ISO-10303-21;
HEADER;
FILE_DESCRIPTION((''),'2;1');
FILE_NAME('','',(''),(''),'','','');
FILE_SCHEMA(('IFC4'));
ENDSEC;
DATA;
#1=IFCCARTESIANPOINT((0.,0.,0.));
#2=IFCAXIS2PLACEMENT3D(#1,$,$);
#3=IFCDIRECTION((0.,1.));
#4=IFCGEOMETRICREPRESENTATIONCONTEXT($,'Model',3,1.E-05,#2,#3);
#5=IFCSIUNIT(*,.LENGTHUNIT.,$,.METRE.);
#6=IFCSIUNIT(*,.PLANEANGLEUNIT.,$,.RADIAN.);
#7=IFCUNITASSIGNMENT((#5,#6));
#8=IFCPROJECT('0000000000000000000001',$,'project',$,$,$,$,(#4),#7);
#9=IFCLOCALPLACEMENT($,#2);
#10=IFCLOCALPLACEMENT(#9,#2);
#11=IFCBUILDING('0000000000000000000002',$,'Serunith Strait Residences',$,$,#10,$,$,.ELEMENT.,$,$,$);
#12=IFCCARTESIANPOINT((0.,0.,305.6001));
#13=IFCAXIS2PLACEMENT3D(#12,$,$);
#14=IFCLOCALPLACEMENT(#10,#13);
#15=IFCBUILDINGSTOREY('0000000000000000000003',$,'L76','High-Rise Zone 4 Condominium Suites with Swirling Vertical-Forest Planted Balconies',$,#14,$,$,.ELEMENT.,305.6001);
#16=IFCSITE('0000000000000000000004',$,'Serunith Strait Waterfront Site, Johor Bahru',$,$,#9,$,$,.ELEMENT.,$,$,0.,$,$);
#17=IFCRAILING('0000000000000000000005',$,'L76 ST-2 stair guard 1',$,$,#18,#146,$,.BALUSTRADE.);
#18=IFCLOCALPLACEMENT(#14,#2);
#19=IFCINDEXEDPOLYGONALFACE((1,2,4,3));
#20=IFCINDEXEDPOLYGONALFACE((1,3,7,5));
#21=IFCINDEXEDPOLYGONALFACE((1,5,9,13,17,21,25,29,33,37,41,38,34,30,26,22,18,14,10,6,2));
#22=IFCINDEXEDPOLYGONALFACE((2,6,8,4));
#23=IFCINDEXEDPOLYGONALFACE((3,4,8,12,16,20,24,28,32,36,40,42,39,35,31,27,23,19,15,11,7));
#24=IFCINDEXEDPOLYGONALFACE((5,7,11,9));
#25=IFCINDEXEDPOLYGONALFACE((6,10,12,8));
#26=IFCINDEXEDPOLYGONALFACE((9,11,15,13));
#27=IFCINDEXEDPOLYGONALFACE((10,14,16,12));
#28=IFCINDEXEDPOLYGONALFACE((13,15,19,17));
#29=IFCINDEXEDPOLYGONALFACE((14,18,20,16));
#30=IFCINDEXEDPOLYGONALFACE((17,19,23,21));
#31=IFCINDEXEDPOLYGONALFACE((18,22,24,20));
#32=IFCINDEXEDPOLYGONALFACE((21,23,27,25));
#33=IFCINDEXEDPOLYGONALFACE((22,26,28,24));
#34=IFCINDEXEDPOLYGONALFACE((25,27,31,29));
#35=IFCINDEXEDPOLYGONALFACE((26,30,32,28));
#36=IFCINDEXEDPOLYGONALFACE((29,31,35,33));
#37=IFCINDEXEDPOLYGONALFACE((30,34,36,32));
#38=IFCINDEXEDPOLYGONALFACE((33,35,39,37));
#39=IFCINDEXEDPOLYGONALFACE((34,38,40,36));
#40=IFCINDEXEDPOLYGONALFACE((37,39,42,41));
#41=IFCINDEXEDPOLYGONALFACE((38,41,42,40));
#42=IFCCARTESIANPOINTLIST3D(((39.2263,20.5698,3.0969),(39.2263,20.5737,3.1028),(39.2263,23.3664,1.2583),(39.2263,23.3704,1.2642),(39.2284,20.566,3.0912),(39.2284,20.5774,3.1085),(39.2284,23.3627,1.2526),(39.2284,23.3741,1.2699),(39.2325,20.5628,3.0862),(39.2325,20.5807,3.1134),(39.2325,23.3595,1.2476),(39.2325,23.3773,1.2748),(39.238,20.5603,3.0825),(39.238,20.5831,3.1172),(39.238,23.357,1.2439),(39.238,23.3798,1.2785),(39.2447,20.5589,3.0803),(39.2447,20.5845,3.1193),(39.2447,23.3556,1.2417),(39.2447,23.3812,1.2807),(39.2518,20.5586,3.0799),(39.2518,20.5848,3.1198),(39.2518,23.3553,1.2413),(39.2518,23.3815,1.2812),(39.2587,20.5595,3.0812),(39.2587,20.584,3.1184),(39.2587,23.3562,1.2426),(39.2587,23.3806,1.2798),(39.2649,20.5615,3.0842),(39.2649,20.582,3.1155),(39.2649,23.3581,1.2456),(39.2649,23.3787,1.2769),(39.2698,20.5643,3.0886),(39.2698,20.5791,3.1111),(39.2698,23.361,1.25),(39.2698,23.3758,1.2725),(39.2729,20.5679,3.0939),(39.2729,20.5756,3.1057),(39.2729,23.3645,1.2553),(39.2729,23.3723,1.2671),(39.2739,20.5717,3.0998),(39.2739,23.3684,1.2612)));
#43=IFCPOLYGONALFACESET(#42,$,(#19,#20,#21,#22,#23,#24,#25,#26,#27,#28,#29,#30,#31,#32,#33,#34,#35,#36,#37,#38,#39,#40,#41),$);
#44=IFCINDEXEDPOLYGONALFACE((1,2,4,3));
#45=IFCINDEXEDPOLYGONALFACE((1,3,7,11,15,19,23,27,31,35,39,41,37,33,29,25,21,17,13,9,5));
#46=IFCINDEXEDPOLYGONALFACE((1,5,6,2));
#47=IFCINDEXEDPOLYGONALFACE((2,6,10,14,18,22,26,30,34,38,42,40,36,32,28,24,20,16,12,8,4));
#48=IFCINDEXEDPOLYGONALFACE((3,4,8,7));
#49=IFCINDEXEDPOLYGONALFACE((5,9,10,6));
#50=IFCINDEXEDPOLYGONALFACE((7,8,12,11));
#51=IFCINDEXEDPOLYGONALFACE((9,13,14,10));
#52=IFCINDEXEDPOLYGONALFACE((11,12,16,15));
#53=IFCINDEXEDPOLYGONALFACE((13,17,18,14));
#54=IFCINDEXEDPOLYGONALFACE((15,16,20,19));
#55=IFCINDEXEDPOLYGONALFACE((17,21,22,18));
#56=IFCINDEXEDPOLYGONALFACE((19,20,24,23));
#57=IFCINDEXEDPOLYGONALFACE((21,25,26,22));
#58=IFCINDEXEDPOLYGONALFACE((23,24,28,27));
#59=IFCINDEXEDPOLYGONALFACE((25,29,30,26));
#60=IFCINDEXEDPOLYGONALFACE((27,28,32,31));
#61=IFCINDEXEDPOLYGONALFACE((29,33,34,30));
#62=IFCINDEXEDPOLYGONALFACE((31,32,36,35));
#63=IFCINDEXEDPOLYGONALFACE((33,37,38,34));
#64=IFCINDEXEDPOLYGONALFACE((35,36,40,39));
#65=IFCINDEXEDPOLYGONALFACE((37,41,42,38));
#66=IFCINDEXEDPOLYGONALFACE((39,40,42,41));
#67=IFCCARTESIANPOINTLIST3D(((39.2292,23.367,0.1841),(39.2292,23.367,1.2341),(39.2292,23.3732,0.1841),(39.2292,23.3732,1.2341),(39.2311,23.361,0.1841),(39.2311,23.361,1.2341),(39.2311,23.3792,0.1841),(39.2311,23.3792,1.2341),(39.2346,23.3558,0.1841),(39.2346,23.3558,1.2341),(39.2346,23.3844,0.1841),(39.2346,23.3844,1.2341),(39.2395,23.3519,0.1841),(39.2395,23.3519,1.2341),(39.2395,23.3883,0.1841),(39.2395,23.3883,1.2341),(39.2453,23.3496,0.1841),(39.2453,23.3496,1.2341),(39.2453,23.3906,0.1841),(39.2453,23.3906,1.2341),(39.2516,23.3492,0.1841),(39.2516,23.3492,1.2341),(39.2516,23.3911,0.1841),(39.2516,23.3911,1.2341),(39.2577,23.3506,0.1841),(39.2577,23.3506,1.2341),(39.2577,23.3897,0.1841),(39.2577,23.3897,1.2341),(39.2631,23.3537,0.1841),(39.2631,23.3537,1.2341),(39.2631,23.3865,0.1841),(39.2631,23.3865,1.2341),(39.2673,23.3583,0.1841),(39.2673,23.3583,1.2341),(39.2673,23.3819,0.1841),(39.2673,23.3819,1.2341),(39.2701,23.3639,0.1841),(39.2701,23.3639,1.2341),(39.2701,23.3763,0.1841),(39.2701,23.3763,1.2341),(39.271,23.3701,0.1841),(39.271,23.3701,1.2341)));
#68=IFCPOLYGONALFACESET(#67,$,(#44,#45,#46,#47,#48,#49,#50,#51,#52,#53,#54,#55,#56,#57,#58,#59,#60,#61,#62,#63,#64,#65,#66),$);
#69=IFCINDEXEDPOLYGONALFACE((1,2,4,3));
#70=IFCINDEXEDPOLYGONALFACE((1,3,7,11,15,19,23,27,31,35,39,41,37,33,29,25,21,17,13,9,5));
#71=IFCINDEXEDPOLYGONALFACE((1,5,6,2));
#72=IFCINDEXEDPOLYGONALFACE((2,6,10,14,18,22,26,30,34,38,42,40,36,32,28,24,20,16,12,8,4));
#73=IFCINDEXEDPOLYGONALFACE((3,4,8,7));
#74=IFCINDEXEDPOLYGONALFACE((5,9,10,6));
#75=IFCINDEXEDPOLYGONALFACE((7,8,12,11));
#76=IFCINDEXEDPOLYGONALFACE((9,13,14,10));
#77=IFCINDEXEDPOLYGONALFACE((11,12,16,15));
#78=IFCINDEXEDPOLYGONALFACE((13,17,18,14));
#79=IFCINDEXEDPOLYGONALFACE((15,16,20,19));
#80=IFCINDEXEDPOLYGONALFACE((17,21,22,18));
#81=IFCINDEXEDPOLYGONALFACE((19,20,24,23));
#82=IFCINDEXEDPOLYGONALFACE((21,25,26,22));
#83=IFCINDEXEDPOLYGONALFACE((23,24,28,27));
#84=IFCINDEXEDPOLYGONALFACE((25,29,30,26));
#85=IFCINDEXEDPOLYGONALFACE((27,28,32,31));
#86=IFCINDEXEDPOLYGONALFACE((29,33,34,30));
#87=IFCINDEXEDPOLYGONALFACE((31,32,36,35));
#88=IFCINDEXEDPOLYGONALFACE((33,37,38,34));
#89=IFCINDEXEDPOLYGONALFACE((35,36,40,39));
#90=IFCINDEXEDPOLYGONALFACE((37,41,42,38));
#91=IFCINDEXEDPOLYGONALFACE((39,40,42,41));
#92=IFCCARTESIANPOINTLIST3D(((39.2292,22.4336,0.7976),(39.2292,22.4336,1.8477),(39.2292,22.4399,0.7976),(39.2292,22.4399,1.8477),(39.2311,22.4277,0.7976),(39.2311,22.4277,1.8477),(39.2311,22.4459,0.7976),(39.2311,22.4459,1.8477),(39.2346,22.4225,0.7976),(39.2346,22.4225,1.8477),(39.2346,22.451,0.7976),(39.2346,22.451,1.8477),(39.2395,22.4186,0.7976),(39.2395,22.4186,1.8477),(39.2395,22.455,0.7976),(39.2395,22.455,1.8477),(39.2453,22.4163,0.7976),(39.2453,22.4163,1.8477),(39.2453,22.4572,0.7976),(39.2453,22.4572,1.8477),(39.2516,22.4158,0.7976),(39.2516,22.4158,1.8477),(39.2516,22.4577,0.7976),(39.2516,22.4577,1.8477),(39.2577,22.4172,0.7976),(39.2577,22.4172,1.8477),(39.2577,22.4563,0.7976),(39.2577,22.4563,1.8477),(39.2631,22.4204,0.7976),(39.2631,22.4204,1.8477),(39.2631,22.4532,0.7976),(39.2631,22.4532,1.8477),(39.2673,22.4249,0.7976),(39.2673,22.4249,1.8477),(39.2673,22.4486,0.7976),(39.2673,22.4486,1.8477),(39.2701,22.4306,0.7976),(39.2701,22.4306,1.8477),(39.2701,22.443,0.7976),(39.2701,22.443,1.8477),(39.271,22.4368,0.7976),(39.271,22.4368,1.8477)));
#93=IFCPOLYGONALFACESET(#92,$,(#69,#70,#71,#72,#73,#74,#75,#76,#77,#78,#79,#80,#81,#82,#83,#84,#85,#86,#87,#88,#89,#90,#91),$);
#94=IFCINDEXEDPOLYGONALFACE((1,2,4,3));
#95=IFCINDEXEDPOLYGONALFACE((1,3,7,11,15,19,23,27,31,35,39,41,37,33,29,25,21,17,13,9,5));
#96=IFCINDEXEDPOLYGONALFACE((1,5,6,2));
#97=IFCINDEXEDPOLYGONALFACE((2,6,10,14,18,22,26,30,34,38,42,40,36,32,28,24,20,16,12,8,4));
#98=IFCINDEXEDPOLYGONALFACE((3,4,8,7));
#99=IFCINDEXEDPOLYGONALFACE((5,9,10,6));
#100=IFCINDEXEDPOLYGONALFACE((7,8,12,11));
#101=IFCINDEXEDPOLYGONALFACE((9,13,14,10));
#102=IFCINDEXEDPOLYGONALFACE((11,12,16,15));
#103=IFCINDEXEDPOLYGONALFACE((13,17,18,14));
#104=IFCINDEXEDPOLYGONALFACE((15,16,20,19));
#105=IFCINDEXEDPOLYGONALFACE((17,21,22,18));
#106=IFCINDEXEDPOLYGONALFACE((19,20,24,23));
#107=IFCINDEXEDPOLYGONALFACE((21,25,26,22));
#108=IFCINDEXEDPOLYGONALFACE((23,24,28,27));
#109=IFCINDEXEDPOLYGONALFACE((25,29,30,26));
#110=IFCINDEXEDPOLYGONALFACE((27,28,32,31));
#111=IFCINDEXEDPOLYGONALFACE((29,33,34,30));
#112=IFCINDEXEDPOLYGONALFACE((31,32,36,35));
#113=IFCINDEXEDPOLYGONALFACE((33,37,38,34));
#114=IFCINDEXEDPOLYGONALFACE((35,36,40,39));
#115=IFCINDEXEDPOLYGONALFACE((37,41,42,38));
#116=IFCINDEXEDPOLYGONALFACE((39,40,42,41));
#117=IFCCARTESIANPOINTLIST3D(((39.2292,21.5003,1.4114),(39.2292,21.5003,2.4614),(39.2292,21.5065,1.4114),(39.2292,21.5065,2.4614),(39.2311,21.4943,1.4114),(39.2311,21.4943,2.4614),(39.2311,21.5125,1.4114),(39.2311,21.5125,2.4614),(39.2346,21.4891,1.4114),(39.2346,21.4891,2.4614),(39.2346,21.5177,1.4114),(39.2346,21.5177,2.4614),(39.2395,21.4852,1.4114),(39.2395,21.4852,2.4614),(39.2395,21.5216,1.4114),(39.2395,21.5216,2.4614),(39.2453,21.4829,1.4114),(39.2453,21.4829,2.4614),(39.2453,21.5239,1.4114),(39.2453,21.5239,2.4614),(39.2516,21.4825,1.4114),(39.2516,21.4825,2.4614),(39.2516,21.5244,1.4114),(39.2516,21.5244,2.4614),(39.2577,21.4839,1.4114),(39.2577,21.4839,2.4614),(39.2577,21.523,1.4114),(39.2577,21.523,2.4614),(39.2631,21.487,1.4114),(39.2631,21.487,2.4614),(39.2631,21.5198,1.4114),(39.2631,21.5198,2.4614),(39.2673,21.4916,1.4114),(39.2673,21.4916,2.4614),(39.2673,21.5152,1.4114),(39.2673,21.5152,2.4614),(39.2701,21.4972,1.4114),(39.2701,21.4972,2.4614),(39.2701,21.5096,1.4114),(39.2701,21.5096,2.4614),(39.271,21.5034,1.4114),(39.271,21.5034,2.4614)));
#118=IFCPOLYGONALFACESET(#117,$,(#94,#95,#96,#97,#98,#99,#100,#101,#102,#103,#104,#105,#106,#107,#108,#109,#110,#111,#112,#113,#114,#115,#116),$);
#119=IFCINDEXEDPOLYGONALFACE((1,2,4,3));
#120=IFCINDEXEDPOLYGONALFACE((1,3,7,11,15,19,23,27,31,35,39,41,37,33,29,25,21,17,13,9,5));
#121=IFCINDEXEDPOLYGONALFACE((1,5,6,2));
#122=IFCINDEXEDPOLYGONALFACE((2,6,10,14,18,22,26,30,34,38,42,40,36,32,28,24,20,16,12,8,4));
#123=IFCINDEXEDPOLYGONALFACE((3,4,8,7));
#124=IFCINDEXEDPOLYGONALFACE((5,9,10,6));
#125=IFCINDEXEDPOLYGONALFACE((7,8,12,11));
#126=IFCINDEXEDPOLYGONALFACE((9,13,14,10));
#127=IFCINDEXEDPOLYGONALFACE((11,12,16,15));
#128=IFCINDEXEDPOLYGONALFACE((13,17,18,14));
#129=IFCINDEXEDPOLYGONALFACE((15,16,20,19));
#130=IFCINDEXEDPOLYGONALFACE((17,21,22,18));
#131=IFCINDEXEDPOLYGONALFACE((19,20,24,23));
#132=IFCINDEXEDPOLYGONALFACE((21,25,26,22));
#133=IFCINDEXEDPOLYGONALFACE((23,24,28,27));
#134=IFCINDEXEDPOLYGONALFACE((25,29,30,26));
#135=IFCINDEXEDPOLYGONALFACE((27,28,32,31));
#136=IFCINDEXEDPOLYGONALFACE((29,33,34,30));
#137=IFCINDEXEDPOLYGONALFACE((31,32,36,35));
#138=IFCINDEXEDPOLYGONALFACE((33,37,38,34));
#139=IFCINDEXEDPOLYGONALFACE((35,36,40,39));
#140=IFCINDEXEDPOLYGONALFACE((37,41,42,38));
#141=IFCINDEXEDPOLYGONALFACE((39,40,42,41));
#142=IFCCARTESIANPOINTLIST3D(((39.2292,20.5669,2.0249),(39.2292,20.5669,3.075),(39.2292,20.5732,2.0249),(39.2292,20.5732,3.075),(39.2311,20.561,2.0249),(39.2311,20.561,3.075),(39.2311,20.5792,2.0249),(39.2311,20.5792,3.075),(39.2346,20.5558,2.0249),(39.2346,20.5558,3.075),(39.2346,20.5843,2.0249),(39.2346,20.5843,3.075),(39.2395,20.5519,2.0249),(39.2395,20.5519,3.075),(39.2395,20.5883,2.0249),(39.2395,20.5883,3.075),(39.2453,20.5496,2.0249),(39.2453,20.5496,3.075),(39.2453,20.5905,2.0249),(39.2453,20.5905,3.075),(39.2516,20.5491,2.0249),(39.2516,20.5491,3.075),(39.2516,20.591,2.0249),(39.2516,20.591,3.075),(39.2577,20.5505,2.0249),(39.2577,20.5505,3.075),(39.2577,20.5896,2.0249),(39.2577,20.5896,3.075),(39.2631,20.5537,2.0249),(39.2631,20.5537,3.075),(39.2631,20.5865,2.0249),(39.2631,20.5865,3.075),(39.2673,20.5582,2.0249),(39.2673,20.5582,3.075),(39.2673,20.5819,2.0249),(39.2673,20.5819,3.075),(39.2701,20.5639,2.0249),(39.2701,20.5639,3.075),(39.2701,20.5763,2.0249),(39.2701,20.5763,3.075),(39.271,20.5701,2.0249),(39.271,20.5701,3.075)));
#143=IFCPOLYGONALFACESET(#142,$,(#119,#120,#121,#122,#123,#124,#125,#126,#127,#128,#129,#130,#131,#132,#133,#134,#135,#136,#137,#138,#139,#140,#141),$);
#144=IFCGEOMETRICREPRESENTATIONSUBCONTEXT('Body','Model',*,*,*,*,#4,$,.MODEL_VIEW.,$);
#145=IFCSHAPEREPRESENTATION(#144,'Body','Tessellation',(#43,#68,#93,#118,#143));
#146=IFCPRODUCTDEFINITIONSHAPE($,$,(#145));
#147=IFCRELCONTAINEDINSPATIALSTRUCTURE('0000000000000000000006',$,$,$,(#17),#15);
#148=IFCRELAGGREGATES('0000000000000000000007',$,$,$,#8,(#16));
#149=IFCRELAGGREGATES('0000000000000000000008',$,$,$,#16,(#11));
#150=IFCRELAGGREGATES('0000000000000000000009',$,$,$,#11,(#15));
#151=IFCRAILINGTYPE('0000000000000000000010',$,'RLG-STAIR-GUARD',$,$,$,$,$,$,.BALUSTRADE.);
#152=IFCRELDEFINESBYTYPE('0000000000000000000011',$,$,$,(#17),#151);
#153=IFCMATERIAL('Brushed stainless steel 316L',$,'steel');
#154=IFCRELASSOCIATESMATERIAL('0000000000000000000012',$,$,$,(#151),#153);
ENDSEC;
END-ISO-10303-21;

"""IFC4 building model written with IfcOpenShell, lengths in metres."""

from ifc_helpers import new_model, si_unit, direction, frame, origin, origin_2d, place, context, subcontext, project, spatial, circle, extrude, material, type_object, element, save


model = new_model("IFC4")

# Units and contexts
model_context = context("Model", 3, precision=1e-05, world=origin(), true_north=direction((0.0, 1.0)))
body_context = subcontext(model_context, "Body", "Model", "MODEL_VIEW")
ifc_project = project(units=[si_unit("LENGTHUNIT", "METRE"), si_unit("PLANEANGLEUNIT", "RADIAN")], contexts=[model_context])

# Site, building, storey
site_placement = place(None, origin())
site = spatial("IfcSite", under=ifc_project, at=site_placement, Name="Serunith Strait Waterfront Site, Johor Bahru", CompositionType="ELEMENT", RefElevation=0.0)
building_placement = place(site_placement, origin())
building = spatial("IfcBuilding", under=site, at=building_placement, Name="Serunith Strait Residences", CompositionType="ELEMENT")
storey_placement = place(building_placement, frame((0.0, 0.0, 305.6001)))
storey = spatial("IfcBuildingStorey", under=building, at=storey_placement, Name="L76", Description="High-Rise Zone 4 Condominium Suites with Swirling Vertical-Forest Planted Balconies", CompositionType="ELEMENT", Elevation=305.6001)

# Railing
ifc_material_1 = material(Name="Brushed stainless steel 316L", Category="steel")
railing_type_1 = type_object("IfcRailingType", Name="RLG-STAIR-GUARD", PredefinedType="BALUSTRADE", material=ifc_material_1)
railing_1_placement = place(storey_placement, frame((39.25, 23.3701, 0.1841)))
element("IfcRailing", 1, at=railing_1_placement, inside=storey, type_object=railing_type_1, Name="L76 ST-2 stair guard 1", PredefinedType="BALUSTRADE", context=body_context, shape_type="SweptSolid", body=[
    extrude(circle(Radius=0.0239, at=origin_2d()), frame((0.0, -0.0017, 1.0771), z_axis=(0.0, -0.835598, 0.549342), x_axis=(1.0, 0.0, 0.0)), (0.0, 0.0, 1.0), 3.3469),
    extrude(circle(Radius=0.021, at=origin_2d()), origin(), (0.0, 0.0, 1.0), 1.05),
    extrude(circle(Radius=0.021, at=origin_2d()), frame((0.0, -0.9333, 0.6135)), (0.0, 0.0, 1.0), 1.05),
    extrude(circle(Radius=0.021, at=origin_2d()), frame((0.0, -1.8667, 1.2273)), (0.0, 0.0, 1.0), 1.05),
    extrude(circle(Radius=0.021, at=origin_2d()), frame((0.0, -2.8, 1.8408)), (0.0, 0.0, 1.0), 1.05),
])

save(model, "model.ifc")
